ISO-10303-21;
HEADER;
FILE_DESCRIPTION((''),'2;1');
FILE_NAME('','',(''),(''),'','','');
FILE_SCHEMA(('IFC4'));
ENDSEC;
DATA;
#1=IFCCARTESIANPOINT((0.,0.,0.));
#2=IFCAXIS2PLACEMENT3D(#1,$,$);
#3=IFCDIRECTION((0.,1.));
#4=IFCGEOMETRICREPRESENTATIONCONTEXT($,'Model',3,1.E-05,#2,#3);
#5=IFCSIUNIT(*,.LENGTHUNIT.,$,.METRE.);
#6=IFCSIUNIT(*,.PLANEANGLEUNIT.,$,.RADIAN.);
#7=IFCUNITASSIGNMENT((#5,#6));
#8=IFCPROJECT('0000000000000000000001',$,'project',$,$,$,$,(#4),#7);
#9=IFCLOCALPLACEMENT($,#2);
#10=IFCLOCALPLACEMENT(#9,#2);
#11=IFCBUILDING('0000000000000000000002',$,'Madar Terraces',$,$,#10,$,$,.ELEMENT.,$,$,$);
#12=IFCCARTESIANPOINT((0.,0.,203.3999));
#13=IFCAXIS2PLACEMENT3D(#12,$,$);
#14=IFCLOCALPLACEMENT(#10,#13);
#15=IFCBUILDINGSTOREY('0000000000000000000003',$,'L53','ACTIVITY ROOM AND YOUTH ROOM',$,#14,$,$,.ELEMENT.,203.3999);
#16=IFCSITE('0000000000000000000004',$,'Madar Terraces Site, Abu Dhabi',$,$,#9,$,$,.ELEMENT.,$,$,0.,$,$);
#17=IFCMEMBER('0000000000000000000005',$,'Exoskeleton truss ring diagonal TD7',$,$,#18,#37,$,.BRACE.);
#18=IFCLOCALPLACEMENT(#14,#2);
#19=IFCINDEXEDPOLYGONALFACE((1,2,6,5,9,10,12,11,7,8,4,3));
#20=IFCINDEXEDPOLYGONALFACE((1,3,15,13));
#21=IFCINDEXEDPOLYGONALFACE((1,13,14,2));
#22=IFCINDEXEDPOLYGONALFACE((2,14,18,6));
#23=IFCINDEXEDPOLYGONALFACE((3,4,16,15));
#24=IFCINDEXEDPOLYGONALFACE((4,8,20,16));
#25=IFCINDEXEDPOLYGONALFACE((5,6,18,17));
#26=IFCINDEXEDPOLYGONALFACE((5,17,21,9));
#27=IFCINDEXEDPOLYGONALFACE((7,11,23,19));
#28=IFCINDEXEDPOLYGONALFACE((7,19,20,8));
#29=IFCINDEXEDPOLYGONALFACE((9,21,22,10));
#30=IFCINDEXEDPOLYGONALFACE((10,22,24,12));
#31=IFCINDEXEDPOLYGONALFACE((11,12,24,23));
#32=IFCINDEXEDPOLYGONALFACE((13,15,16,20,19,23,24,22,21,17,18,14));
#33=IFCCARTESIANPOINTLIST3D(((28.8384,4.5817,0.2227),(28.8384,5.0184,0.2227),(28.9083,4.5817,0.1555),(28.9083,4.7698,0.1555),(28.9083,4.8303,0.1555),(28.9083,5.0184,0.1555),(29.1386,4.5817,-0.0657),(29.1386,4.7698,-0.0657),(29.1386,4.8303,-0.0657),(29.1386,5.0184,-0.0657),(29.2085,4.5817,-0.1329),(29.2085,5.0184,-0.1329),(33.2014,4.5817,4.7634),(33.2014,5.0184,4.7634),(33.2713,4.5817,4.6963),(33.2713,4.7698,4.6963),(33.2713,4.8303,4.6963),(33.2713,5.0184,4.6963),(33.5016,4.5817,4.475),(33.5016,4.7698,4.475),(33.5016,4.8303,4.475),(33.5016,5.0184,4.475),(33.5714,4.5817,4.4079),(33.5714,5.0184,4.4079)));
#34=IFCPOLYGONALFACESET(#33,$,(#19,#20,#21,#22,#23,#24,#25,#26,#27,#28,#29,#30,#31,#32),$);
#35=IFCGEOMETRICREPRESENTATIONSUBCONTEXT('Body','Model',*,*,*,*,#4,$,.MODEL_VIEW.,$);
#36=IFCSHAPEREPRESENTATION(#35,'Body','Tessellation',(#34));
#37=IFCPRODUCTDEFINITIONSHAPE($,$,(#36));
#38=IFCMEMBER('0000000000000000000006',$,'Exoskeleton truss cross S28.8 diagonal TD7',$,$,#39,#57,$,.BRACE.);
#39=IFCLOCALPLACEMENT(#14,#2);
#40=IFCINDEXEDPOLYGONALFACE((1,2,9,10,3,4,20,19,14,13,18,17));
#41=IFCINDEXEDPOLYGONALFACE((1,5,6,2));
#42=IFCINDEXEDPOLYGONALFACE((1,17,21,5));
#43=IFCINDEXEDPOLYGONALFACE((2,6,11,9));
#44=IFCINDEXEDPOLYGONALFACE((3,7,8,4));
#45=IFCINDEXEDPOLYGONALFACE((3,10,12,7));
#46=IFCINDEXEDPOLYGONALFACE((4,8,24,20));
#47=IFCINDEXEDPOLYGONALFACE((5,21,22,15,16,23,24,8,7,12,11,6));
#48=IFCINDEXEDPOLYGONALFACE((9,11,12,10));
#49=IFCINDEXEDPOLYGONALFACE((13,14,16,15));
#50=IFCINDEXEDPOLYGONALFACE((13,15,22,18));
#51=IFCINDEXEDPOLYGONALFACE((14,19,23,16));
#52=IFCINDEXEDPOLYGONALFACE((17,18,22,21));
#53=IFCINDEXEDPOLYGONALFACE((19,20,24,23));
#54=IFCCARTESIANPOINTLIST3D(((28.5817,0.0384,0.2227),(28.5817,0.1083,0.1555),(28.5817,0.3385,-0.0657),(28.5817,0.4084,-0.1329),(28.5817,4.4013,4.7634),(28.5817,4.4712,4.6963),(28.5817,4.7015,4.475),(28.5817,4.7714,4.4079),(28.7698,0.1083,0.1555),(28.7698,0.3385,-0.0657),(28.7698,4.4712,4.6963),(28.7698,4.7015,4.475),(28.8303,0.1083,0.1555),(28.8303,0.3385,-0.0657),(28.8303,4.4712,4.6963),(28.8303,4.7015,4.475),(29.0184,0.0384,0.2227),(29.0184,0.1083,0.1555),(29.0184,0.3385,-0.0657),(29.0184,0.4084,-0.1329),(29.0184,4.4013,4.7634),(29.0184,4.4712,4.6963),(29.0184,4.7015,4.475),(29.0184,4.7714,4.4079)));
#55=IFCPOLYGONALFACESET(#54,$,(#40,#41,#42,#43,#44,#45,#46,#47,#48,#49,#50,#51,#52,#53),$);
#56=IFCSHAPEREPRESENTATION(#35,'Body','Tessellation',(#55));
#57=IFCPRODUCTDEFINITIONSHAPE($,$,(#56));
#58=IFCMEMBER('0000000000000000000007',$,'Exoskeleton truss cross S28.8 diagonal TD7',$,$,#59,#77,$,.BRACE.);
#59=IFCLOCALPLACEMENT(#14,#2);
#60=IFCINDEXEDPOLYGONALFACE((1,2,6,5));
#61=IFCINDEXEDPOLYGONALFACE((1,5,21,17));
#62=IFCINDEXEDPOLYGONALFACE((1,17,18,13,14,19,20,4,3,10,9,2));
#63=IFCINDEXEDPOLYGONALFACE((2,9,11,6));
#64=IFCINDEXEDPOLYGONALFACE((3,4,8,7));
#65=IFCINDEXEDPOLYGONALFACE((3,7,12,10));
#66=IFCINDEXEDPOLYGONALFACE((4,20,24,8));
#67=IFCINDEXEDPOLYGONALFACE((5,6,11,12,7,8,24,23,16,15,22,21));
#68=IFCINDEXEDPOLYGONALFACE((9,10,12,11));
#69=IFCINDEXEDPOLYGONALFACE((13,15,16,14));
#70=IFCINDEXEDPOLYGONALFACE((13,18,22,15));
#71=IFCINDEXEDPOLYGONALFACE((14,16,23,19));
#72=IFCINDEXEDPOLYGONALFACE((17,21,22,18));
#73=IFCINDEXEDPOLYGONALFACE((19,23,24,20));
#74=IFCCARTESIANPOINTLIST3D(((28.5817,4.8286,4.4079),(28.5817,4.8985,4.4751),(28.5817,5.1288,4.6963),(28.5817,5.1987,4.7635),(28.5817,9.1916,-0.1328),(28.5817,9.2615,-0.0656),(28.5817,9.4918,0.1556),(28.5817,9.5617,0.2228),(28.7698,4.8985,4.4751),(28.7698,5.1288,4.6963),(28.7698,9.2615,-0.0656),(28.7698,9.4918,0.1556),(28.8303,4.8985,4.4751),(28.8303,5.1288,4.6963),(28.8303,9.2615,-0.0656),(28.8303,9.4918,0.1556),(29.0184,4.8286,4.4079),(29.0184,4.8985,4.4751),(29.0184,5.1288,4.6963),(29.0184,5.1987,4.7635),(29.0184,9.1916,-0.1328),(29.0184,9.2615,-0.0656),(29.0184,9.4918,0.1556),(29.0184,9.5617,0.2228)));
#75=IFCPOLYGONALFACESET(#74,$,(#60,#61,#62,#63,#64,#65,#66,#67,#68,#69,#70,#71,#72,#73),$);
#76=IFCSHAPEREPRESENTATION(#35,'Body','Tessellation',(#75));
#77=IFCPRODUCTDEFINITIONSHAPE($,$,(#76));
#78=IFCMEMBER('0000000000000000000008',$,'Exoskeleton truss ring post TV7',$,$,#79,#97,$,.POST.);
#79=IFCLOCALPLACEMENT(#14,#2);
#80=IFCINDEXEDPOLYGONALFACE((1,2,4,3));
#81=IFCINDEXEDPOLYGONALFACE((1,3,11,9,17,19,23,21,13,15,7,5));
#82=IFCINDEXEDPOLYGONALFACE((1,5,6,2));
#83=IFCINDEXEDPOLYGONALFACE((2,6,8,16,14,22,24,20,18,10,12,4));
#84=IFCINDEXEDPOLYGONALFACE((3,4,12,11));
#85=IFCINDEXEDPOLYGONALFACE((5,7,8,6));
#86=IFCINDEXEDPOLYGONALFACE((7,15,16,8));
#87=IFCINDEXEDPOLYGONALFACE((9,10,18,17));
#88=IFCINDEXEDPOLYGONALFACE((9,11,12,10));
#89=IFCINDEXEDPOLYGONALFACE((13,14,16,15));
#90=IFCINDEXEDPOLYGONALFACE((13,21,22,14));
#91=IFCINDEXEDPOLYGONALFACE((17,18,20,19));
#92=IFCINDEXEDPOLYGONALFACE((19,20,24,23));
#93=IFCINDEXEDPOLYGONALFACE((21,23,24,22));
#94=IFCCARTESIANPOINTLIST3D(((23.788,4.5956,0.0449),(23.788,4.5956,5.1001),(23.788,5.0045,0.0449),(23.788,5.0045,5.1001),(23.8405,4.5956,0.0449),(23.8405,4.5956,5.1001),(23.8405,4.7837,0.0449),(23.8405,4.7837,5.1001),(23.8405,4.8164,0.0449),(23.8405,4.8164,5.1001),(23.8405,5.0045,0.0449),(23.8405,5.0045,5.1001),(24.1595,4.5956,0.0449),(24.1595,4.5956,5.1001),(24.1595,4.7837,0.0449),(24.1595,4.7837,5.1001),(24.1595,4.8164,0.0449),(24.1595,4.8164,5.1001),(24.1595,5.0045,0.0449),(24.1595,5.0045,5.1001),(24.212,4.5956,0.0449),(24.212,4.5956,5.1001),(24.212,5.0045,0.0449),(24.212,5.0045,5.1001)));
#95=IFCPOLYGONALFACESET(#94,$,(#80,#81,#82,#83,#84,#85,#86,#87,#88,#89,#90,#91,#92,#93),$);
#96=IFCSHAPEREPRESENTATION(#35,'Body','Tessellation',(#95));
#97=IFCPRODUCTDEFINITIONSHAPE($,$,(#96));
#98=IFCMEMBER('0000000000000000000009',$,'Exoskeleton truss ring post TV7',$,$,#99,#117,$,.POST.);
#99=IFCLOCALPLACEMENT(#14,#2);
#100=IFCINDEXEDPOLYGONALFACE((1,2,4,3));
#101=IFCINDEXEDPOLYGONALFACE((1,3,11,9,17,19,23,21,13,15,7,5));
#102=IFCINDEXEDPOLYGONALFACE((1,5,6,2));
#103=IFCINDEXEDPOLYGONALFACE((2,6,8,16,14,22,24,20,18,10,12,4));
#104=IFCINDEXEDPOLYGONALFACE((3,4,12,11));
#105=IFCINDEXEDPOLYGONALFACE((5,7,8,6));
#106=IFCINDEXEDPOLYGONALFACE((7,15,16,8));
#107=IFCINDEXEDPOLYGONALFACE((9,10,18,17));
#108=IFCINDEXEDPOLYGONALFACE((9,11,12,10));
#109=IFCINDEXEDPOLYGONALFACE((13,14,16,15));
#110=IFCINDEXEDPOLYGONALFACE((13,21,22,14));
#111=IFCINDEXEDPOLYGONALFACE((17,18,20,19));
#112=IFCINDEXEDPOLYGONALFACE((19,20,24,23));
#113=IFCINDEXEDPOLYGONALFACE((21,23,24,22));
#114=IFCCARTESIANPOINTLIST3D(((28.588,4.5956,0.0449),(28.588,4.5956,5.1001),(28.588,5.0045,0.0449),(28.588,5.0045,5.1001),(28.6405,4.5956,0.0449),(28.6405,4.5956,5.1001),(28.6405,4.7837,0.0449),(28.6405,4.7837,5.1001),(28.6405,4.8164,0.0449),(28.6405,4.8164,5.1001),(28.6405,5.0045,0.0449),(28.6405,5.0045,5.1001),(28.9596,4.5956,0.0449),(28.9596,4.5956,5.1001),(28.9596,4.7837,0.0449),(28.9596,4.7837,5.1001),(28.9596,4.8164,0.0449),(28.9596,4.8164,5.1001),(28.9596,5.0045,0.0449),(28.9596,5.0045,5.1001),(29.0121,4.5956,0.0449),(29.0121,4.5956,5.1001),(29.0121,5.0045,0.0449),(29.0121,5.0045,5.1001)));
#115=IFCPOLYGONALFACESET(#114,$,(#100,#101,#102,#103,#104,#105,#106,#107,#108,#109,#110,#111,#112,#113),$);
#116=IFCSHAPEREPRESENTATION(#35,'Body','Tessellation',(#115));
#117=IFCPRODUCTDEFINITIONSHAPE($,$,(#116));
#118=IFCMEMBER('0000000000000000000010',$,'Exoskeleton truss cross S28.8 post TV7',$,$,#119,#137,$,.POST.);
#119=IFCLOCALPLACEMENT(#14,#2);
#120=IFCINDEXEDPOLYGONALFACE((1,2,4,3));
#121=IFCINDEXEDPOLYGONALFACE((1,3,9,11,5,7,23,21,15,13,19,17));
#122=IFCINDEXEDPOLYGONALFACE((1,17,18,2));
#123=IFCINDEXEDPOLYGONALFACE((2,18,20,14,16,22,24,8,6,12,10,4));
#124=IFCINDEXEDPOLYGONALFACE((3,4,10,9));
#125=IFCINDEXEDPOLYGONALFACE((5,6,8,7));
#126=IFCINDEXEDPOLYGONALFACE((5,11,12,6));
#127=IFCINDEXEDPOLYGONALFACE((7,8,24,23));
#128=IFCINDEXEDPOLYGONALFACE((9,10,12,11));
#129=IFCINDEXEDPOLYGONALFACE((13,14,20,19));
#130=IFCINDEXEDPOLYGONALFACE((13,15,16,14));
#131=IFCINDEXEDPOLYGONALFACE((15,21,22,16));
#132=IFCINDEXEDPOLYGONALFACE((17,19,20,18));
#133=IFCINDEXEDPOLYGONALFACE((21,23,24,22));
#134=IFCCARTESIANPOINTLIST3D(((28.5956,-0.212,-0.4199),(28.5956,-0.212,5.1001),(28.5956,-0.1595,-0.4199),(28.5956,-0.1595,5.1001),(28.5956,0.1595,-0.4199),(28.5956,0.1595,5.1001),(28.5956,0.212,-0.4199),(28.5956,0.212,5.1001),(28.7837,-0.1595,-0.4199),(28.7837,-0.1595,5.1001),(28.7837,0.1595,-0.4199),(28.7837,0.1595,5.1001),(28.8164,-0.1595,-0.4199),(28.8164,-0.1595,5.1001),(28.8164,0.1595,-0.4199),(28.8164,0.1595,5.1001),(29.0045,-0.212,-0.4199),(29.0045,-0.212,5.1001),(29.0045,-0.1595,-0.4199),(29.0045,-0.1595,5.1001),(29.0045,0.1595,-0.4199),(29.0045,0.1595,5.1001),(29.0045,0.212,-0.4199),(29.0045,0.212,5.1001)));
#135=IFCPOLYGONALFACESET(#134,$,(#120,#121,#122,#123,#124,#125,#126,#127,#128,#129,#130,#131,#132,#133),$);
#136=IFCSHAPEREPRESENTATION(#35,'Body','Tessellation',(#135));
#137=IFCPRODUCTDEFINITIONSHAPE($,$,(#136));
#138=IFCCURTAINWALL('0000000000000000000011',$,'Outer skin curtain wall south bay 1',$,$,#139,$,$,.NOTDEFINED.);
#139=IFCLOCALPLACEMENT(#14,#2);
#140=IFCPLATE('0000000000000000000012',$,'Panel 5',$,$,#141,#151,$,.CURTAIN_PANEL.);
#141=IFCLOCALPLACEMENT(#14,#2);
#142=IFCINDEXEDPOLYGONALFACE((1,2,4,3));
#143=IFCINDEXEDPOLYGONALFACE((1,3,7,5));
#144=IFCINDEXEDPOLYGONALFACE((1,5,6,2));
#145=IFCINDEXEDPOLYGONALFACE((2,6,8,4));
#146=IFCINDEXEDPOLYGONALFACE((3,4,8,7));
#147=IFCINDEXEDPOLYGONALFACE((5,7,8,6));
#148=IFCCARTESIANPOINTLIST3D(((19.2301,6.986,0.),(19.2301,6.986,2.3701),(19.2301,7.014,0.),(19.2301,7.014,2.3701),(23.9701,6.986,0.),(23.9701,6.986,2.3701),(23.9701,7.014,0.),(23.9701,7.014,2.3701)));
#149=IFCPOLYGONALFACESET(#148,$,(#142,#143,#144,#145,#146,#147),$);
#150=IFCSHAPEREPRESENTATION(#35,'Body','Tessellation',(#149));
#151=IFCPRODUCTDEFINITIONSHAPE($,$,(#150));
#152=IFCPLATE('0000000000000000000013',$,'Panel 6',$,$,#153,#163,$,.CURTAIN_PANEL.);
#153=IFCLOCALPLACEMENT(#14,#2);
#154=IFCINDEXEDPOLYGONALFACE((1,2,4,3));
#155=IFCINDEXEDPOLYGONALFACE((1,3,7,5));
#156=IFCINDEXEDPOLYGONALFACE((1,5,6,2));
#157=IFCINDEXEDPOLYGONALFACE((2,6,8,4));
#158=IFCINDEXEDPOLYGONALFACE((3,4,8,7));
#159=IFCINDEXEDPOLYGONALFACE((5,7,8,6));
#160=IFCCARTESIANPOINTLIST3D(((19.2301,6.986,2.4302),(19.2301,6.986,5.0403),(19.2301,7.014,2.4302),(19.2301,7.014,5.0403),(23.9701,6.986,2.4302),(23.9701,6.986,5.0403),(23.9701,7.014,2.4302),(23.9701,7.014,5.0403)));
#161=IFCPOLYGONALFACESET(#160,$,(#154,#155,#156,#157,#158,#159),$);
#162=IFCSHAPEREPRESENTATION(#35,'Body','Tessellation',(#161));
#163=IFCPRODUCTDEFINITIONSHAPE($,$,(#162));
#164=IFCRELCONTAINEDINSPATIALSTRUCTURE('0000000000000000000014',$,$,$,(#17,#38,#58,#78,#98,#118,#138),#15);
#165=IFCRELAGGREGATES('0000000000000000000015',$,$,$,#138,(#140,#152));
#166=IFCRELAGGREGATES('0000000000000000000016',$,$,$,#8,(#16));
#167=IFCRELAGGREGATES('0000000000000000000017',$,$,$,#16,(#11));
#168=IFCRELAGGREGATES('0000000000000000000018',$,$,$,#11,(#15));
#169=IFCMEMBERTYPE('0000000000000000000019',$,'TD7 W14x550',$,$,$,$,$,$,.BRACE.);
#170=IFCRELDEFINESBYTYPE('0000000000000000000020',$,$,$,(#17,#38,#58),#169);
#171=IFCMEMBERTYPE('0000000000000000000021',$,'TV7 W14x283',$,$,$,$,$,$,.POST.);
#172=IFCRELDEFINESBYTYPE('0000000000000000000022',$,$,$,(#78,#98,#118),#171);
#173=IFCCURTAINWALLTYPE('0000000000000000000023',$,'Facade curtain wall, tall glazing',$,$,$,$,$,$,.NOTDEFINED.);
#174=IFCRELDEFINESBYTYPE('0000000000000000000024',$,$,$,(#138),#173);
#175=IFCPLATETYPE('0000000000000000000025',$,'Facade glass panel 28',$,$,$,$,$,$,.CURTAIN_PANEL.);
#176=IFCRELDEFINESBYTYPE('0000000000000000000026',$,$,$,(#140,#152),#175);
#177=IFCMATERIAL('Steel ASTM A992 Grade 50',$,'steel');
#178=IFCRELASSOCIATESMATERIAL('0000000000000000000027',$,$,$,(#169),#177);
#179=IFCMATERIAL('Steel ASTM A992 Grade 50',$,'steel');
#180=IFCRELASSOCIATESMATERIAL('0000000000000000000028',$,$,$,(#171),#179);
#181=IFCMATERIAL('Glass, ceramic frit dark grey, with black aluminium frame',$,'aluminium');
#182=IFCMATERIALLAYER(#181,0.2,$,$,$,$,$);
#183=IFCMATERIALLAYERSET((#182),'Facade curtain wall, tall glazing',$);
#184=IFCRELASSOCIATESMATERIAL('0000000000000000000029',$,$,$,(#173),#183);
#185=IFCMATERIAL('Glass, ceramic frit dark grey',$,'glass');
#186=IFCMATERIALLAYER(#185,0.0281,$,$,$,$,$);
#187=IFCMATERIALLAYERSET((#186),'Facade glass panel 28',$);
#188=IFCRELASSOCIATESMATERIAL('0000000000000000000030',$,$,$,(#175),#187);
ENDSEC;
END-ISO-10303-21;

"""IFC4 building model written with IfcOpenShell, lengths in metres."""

from ifc_helpers import new_model, si_unit, direction, frame, origin, origin_2d, place, context, subcontext, project, spatial, rectangle, i_section, extrude, material, layer, layer_set, material_profile, profile_set, type_object, element, aggregate, save


model = new_model("IFC4")

# Units and contexts
model_context = context("Model", 3, precision=1e-05, world=origin(), true_north=direction((0.0, 1.0)))
body_context = subcontext(model_context, "Body", "Model", "MODEL_VIEW")
ifc_project = project(units=[si_unit("LENGTHUNIT", "METRE"), si_unit("PLANEANGLEUNIT", "RADIAN")], contexts=[model_context])

# Site, building, storey
site_placement = place(None, origin())
site = spatial("IfcSite", under=ifc_project, at=site_placement, Name="Madar Terraces Site, Abu Dhabi", CompositionType="ELEMENT", RefElevation=0.0)
building_placement = place(site_placement, origin())
building = spatial("IfcBuilding", under=site, at=building_placement, Name="Madar Terraces", CompositionType="ELEMENT")
storey_placement = place(building_placement, frame((0.0, 0.0, 203.3999)))
storey = spatial("IfcBuildingStorey", under=building, at=storey_placement, Name="L53", Description="ACTIVITY ROOM AND YOUTH ROOM", CompositionType="ELEMENT", Elevation=203.3999)

# Members
ifc_material_1 = material(Name="Steel ASTM A992 Grade 50", Category="steel")
ifc_material_profile_1 = material_profile(ifc_material_1, i_section(OverallWidth=0.4368, OverallDepth=0.5132, WebThickness=0.0605, FlangeThickness=0.0969, at=origin_2d()), Name="W14x550")
ifc_profile_set_1 = profile_set([ifc_material_profile_1], Name="Steel ASTM A992 Grade 50")
member_type_1 = type_object("IfcMemberType", Name="TD7 W14x550", PredefinedType="BRACE", material=ifc_profile_set_1)
for number, where, z_axis, x_axis, name in (
    (1, (29.0234, 4.8, 0.0449), (0.692854, 0.0, 0.721078), (0.0, 1.0, 0.0), "Exoskeleton truss ring diagonal TD7"),
    (2, (28.8, 0.2234, 0.0449), (0.0, 0.692854, 0.721078), (-1.0, 0.0, 0.0), "Exoskeleton truss cross S28.8 diagonal TD7"),
    (3, (28.8, 5.0137, 4.5857), (0.0, 0.692854, -0.721078), (-1.0, 0.0, 0.0), "Exoskeleton truss cross S28.8 diagonal TD7"),
):
    element("IfcMember", number, at=place(storey_placement, frame(where, z_axis=z_axis, x_axis=x_axis)), inside=storey, type_object=member_type_1, Name=name, PredefinedType="BRACE", context=body_context, shape_type="SweptSolid", body=[
        extrude(i_section(OverallWidth=0.4368, OverallDepth=0.5132, WebThickness=0.0605, FlangeThickness=0.0969, at=origin_2d()), origin(), (0.0, 0.0, 1.0), 6.2971),
    ])
ifc_material_2 = material(Name="Steel ASTM A992 Grade 50", Category="steel")
ifc_material_profile_2 = material_profile(ifc_material_2, i_section(OverallWidth=0.4089, OverallDepth=0.4241, WebThickness=0.0327, FlangeThickness=0.0525, at=origin_2d()), Name="W14x283")
ifc_profile_set_2 = profile_set([ifc_material_profile_2], Name="Steel ASTM A992 Grade 50")
member_type_2 = type_object("IfcMemberType", Name="TV7 W14x283", PredefinedType="POST", material=ifc_profile_set_2)
for number, where, z_axis, x_axis, name in (
    (4, (24.0, 4.8, 0.0449), (0.0, 0.0, 1.0), (0.0, 1.0, 0.0), "Exoskeleton truss ring post TV7"),
    (5, (28.8, 4.8, 0.0449), (0.0, 0.0, 1.0), (0.0, 1.0, 0.0), "Exoskeleton truss ring post TV7"),
):
    element("IfcMember", number, at=place(storey_placement, frame(where, z_axis=z_axis, x_axis=x_axis)), inside=storey, type_object=member_type_2, Name=name, PredefinedType="POST", context=body_context, shape_type="SweptSolid", body=[
        extrude(i_section(OverallWidth=0.4089, OverallDepth=0.4241, WebThickness=0.0327, FlangeThickness=0.0525, at=origin_2d()), origin(), (0.0, 0.0, 1.0), 5.0552),
    ])
member_1_placement = place(storey_placement, frame((28.8, 0.0, -0.4199), z_axis=(0.0, 0.0, 1.0), x_axis=(-1.0, 0.0, 0.0)))
element("IfcMember", 6, at=member_1_placement, inside=storey, type_object=member_type_2, Name="Exoskeleton truss cross S28.8 post TV7", PredefinedType="POST", context=body_context, shape_type="SweptSolid", body=[
    extrude(i_section(OverallWidth=0.4089, OverallDepth=0.4241, WebThickness=0.0327, FlangeThickness=0.0525, at=origin_2d()), origin(), (0.0, 0.0, 1.0), 5.52),
])

# Curtain wall, plates
ifc_material_3 = material(Name="Glass, ceramic frit dark grey, with black aluminium frame", Category="aluminium")
ifc_layer_1 = layer(ifc_material_3, 0.2)
ifc_layer_set_1 = layer_set([ifc_layer_1], Name="Facade curtain wall, tall glazing")
curtain_wall_type = type_object("IfcCurtainWallType", Name="Facade curtain wall, tall glazing", PredefinedType="NOTDEFINED", material=ifc_layer_set_1)
curtain_wall_placement = place(storey_placement, origin())
curtain_wall = element("IfcCurtainWall", 7, at=curtain_wall_placement, inside=storey, type_object=curtain_wall_type, Name="Outer skin curtain wall south bay 1", PredefinedType="NOTDEFINED")
ifc_material_4 = material(Name="Glass, ceramic frit dark grey", Category="glass")
ifc_layer_2 = layer(ifc_material_4, 0.0281)
ifc_layer_set_2 = layer_set([ifc_layer_2], Name="Facade glass panel 28")
plate_type = type_object("IfcPlateType", Name="Facade glass panel 28", PredefinedType="CURTAIN_PANEL", material=ifc_layer_set_2)
plate_1_placement = place(storey_placement, frame((21.6001, 7.0, 0.0), z_axis=(0.0, 0.0, 1.0), x_axis=(1.0, 0.0, 0.0)))
plate_1 = element("IfcPlate", 8, at=plate_1_placement, type_object=plate_type, Name="Panel 5", PredefinedType="CURTAIN_PANEL", context=body_context, shape_type="SweptSolid", body=[
    extrude(rectangle(XDim=4.74, YDim=0.0281, at=origin_2d()), origin(), (0.0, 0.0, 1.0), 2.3701),
])
plate_2_placement = place(storey_placement, frame((21.6001, 7.0, 2.4302), z_axis=(0.0, 0.0, 1.0), x_axis=(1.0, 0.0, 0.0)))
plate_2 = element("IfcPlate", 9, at=plate_2_placement, type_object=plate_type, Name="Panel 6", PredefinedType="CURTAIN_PANEL", context=body_context, shape_type="SweptSolid", body=[
    extrude(rectangle(XDim=4.74, YDim=0.0281, at=origin_2d()), origin(), (0.0, 0.0, 1.0), 2.6101),
])
aggregate(curtain_wall, [plate_1, plate_2])

save(model, "model.ifc")
